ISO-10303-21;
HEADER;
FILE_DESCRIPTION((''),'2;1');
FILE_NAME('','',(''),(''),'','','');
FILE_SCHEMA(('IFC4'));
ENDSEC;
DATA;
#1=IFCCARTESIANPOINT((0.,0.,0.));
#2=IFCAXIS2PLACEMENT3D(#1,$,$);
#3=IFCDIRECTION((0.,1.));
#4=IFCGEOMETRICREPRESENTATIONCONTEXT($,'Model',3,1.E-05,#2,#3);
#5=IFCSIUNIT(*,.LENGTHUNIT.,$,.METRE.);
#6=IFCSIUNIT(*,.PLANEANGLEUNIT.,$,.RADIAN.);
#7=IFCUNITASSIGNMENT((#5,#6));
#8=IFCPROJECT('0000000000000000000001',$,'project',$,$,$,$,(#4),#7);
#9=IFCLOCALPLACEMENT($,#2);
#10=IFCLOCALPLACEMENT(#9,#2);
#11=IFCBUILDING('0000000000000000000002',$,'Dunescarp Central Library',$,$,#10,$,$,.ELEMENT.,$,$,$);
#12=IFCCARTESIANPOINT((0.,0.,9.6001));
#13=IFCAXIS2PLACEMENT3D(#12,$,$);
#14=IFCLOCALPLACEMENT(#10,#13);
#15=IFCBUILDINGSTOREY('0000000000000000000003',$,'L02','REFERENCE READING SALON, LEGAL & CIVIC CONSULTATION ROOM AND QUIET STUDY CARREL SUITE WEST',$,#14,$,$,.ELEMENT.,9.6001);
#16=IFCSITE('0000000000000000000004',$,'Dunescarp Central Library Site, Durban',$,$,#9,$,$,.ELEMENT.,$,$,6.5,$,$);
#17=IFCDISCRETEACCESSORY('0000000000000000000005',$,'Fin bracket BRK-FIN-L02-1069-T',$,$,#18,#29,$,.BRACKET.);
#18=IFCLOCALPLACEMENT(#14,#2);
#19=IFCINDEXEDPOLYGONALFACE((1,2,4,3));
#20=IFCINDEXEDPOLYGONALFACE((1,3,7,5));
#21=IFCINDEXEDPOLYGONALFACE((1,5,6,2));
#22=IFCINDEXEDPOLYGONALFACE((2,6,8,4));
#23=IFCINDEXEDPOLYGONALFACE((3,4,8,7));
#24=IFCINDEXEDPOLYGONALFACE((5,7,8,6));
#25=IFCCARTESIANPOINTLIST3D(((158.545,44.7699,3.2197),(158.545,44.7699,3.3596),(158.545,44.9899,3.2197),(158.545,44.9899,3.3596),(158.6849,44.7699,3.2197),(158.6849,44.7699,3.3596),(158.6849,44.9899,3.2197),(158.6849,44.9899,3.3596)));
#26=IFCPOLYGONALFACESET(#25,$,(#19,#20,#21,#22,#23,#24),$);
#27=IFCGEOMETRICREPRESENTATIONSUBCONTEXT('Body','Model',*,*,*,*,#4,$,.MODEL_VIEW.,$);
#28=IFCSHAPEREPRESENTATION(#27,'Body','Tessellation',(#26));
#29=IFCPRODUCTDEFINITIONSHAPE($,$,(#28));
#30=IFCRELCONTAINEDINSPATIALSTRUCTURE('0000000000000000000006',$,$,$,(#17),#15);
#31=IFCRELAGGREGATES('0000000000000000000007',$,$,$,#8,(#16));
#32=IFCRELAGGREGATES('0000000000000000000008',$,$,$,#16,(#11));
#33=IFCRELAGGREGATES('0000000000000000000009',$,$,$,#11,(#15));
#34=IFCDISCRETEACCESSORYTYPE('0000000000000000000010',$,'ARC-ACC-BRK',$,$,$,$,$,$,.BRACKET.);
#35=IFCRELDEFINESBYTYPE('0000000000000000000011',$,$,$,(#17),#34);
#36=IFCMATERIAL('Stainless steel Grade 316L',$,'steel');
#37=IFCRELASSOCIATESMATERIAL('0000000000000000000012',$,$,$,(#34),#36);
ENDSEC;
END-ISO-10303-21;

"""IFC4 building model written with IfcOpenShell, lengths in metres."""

from ifc_helpers import new_model, si_unit, direction, frame, origin, origin_2d, place, context, subcontext, project, spatial, rectangle, extrude, material, type_object, element, save


model = new_model("IFC4")

# Units and contexts
model_context = context("Model", 3, precision=1e-05, world=origin(), true_north=direction((0.0, 1.0)))
body_context = subcontext(model_context, "Body", "Model", "MODEL_VIEW")
ifc_project = project(units=[si_unit("LENGTHUNIT", "METRE"), si_unit("PLANEANGLEUNIT", "RADIAN")], contexts=[model_context])

# Site, building, storey
site_placement = place(None, origin())
site = spatial("IfcSite", under=ifc_project, at=site_placement, Name="Dunescarp Central Library Site, Durban", CompositionType="ELEMENT", RefElevation=6.5)
building_placement = place(site_placement, origin())
building = spatial("IfcBuilding", under=site, at=building_placement, Name="Dunescarp Central Library", CompositionType="ELEMENT")
storey_placement = place(building_placement, frame((0.0, 0.0, 9.6001)))
storey = spatial("IfcBuildingStorey", under=building, at=storey_placement, Name="L02", Description="REFERENCE READING SALON, LEGAL & CIVIC CONSULTATION ROOM AND QUIET STUDY CARREL SUITE WEST", CompositionType="ELEMENT", Elevation=9.6001)

# Discrete accessory
ifc_material_1 = material(Name="Stainless steel Grade 316L", Category="steel")
discrete_accessory_type = type_object("IfcDiscreteAccessoryType", Name="ARC-ACC-BRK", PredefinedType="BRACKET", material=ifc_material_1)
for number, where, z_axis, x_axis, name in (
    (1, (158.615, 44.8799, 3.2197), (0.0, 0.0, 1.0), (0.0, 1.0, 0.0), "Fin bracket BRK-FIN-L02-1069-T"),
):
    element("IfcDiscreteAccessory", number, at=place(storey_placement, frame(where, z_axis=z_axis, x_axis=x_axis)), inside=storey, type_object=discrete_accessory_type, Name=name, PredefinedType="BRACKET", context=body_context, shape_type="SweptSolid", body=[
        extrude(rectangle(XDim=0.22, YDim=0.1399, at=origin_2d()), origin(), (0.0, 0.0, 1.0), 0.1399),
    ])

save(model, "model.ifc")
